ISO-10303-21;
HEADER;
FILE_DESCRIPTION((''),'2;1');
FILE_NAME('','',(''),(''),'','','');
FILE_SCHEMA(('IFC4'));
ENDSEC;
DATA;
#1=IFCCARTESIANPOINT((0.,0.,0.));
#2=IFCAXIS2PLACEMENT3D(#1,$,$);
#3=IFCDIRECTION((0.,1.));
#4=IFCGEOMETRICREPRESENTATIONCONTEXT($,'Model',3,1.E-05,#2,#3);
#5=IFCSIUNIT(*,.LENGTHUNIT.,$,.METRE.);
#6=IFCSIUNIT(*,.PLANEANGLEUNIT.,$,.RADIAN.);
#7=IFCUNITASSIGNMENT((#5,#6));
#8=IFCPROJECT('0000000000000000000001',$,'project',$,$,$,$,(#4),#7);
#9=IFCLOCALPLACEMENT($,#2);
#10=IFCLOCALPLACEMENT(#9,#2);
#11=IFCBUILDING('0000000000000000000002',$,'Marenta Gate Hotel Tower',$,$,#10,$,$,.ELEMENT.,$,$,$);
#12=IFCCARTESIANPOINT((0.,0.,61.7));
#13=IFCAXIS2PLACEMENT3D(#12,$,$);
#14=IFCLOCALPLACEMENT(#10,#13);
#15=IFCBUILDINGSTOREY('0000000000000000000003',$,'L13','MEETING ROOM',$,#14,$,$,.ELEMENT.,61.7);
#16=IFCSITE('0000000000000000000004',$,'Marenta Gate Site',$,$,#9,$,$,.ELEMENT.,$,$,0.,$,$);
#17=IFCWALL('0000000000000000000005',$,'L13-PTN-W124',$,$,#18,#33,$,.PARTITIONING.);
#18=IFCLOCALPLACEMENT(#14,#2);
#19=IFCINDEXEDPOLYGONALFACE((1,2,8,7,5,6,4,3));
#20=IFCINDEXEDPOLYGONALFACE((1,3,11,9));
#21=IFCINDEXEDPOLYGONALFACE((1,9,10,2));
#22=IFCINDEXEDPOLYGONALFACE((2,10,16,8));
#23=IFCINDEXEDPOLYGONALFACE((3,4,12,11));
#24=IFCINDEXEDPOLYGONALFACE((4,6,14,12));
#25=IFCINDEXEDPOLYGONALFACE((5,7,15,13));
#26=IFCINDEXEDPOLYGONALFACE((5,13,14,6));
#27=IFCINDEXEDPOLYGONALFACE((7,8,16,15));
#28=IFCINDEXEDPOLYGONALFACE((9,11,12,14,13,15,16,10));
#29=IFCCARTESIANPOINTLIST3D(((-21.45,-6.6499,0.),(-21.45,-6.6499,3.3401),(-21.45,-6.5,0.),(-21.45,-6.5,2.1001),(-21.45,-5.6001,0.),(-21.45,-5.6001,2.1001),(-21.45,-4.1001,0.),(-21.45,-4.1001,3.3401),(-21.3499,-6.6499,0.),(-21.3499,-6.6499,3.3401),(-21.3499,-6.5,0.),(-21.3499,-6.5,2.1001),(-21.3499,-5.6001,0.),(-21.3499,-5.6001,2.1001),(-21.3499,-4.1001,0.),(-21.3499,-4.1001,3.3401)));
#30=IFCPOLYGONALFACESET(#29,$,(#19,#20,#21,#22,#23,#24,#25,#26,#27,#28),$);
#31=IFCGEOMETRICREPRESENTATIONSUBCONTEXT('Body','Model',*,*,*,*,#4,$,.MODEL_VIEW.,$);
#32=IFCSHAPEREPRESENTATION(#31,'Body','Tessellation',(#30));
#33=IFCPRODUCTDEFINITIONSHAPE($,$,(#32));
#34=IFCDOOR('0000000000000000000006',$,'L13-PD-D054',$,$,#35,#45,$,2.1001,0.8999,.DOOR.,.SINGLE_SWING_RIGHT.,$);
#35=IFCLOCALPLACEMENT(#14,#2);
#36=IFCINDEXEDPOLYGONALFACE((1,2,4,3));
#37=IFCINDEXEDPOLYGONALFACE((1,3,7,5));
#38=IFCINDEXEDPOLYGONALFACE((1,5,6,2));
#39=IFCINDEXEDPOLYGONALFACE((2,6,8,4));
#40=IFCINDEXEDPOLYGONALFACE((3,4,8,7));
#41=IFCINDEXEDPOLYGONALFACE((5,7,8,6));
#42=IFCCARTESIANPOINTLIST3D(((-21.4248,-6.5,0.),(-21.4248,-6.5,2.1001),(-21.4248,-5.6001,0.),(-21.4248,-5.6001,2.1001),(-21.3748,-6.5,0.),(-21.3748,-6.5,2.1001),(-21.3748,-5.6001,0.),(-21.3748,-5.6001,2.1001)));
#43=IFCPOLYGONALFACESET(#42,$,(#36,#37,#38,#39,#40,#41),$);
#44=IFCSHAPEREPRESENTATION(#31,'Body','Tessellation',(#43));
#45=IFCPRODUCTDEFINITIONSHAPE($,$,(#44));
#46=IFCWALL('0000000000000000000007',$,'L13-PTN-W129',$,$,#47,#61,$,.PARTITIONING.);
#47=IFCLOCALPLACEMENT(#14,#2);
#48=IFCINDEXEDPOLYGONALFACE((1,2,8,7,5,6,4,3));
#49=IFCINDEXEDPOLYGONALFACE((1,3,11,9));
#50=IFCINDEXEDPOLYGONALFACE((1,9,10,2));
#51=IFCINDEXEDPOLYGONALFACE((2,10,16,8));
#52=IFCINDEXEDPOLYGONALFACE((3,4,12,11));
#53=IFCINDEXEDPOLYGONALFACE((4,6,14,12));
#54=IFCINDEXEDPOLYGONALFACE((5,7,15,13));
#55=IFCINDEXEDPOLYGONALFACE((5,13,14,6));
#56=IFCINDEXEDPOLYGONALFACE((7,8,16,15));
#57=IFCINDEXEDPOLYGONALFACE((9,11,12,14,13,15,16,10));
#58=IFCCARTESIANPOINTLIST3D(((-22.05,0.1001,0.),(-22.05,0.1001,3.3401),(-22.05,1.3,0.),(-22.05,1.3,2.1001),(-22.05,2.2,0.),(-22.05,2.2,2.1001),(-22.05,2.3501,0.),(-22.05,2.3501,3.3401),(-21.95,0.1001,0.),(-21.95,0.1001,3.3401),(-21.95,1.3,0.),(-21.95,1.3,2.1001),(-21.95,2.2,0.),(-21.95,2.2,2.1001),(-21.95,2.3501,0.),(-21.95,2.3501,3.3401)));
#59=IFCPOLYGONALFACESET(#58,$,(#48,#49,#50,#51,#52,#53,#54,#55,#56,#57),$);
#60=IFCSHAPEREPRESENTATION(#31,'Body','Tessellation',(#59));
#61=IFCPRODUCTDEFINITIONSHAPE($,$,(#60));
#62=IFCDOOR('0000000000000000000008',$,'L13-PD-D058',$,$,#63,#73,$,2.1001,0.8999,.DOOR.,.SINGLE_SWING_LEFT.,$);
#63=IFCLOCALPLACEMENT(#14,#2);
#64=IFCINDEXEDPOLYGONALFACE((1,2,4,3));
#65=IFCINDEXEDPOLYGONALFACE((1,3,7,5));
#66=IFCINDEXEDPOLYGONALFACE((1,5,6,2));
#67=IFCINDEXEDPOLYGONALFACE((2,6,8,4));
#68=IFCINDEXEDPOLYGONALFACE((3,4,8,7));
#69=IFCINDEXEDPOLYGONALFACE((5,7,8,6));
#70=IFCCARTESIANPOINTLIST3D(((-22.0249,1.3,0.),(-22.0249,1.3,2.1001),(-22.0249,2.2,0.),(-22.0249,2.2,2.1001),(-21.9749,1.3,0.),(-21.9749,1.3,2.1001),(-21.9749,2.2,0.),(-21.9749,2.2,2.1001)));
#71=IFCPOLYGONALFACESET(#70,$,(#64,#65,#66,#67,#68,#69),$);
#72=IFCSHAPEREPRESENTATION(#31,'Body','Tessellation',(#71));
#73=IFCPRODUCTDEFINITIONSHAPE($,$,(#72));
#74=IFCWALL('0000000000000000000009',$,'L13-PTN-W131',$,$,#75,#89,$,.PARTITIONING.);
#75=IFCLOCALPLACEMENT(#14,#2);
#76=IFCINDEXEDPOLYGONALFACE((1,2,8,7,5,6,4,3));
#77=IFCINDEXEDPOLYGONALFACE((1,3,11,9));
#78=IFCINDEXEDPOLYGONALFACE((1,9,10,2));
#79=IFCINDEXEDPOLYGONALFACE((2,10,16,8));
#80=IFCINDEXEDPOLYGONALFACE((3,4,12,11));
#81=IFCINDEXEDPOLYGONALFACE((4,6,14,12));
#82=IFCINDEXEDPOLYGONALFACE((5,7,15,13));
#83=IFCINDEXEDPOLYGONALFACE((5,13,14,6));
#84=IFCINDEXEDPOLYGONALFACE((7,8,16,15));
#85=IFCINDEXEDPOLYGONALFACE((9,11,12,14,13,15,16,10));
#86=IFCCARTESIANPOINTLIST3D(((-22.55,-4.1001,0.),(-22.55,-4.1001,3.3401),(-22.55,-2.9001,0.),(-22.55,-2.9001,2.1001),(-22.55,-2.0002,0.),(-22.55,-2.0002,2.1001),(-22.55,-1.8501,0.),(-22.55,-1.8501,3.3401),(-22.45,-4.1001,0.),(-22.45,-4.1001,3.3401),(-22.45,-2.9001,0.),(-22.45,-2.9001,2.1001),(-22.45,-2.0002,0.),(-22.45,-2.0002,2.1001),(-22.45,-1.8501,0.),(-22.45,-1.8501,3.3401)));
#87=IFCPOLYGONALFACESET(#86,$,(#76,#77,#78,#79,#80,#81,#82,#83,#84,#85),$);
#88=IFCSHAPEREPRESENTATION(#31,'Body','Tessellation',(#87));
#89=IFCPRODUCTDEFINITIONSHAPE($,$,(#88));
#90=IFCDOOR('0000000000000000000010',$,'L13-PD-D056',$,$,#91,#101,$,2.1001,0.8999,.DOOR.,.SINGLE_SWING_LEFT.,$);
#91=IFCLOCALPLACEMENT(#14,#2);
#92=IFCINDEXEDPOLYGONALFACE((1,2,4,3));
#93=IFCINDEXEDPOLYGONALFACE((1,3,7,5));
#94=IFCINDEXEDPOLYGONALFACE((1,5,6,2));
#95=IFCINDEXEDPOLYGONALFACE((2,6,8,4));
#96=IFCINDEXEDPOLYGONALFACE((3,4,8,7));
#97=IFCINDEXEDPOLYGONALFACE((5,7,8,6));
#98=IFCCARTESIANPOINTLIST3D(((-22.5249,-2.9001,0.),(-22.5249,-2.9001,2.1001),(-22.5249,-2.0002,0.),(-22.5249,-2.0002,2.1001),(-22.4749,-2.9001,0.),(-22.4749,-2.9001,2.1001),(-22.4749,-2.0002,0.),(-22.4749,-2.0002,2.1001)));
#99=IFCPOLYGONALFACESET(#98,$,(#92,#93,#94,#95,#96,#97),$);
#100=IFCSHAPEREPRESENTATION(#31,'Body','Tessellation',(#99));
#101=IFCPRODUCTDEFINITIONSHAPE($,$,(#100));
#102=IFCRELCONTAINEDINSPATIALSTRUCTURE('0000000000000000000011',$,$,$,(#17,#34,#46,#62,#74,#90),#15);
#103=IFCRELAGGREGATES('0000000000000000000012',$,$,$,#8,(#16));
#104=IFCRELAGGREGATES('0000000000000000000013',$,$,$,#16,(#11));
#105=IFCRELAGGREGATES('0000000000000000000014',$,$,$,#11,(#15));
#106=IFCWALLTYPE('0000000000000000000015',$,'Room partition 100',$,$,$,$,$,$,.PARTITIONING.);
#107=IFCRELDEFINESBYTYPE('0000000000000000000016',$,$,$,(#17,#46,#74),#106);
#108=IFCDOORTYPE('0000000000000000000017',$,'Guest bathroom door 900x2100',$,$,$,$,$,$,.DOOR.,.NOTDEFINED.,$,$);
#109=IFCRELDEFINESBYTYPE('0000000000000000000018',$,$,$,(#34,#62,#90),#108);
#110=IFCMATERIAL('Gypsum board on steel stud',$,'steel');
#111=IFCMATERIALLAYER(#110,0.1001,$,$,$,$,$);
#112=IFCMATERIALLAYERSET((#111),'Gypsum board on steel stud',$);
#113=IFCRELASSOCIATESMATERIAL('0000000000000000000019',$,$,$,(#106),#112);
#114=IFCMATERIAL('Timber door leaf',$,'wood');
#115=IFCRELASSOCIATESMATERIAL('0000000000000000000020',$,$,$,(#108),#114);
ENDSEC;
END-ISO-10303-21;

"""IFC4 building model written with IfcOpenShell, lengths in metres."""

from ifc_helpers import new_model, si_unit, direction, frame, frame_2d, origin, place, context, subcontext, project, spatial, rectangle, extrude, material, layer, layer_set, type_object, element, fill, save


model = new_model("IFC4")

# Units and contexts
model_context = context("Model", 3, precision=1e-05, world=origin(), true_north=direction((0.0, 1.0)))
body_context = subcontext(model_context, "Body", "Model", "MODEL_VIEW")
ifc_project = project(units=[si_unit("LENGTHUNIT", "METRE"), si_unit("PLANEANGLEUNIT", "RADIAN")], contexts=[model_context])

# Site, building, storey
site_placement = place(None, origin())
site = spatial("IfcSite", under=ifc_project, at=site_placement, Name="Marenta Gate Site", CompositionType="ELEMENT", RefElevation=0.0)
building_placement = place(site_placement, origin())
building = spatial("IfcBuilding", under=site, at=building_placement, Name="Marenta Gate Hotel Tower", CompositionType="ELEMENT")
storey_placement = place(building_placement, frame((0.0, 0.0, 61.7)))
storey = spatial("IfcBuildingStorey", under=building, at=storey_placement, Name="L13", Description="MEETING ROOM", CompositionType="ELEMENT", Elevation=61.7)

# Shared definitions
ifc_material_1 = material(Name="Gypsum board on steel stud", Category="steel")
ifc_layer_1 = layer(ifc_material_1, 0.1001)
ifc_layer_set_1 = layer_set([ifc_layer_1], Name="Gypsum board on steel stud")
wall_type_1 = type_object("IfcWallType", Name="Room partition 100", PredefinedType="PARTITIONING", material=ifc_layer_set_1)

# Walls, openings, doors
wall_1_placement = place(storey_placement, frame((-21.3999, -6.6499, 0.0), z_axis=(0.0, 0.0, 1.0), x_axis=(0.0, 1.0, 0.0)))
wall_1 = element("IfcWall", 1, at=wall_1_placement, inside=storey, type_object=wall_type_1, Name="L13-PTN-W124", PredefinedType="PARTITIONING", context=body_context, shape_type="SweptSolid", body=[
    extrude(rectangle(XDim=2.5498, YDim=0.1001, at=frame_2d((1.2749, 0.0))), origin(), (0.0, 0.0, 1.0), 3.3401),
])
opening_1_placement = place(wall_1_placement, frame((0.1499, 0.0, 0.0)))
opening_1 = element("IfcOpeningElement", 2, at=opening_1_placement, cuts=wall_1, PredefinedType="OPENING", context=body_context, shape_type="SweptSolid", body=[
    extrude(rectangle(XDim=0.8999, YDim=2.1001, at=frame_2d((0.45, 1.05))), frame((0.0, 0.05, 0.0), z_axis=(0.0, -1.0, 0.0), x_axis=(1.0, 0.0, 0.0)), (0.0, 0.0, 1.0), 0.1001),
])
ifc_material_2 = material(Name="Timber door leaf", Category="wood")
door_type_1 = type_object("IfcDoorType", Name="Guest bathroom door 900x2100", OperationType="NOTDEFINED", PredefinedType="DOOR", material=ifc_material_2)
door_1_placement = place(opening_1_placement, origin())
door_1 = element("IfcDoor", 3, at=door_1_placement, inside=storey, type_object=door_type_1, Name="L13-PD-D054", OperationType="SINGLE_SWING_RIGHT", OverallHeight=2.1001, OverallWidth=0.8999, PredefinedType="DOOR", context=body_context, shape_type="SweptSolid", body=[
    extrude(rectangle(XDim=0.8999, YDim=2.1001, at=frame_2d((0.45, 1.05))), frame((0.0, 0.0249, 0.0), z_axis=(0.0, -1.0, 0.0), x_axis=(1.0, 0.0, 0.0)), (0.0, 0.0, 1.0), 0.05),
])
fill(opening_1, door_1)
wall_2_placement = place(storey_placement, frame((-22.0, 0.1001, 0.0), z_axis=(0.0, 0.0, 1.0), x_axis=(0.0, 1.0, 0.0)))
wall_2 = element("IfcWall", 4, at=wall_2_placement, inside=storey, type_object=wall_type_1, Name="L13-PTN-W129", PredefinedType="PARTITIONING", context=body_context, shape_type="SweptSolid", body=[
    extrude(rectangle(XDim=2.25, YDim=0.1001, at=frame_2d((1.125, 0.0))), origin(), (0.0, 0.0, 1.0), 3.3401),
])
opening_2_placement = place(wall_2_placement, frame((1.2, 0.0, 0.0)))
opening_2 = element("IfcOpeningElement", 5, at=opening_2_placement, cuts=wall_2, PredefinedType="OPENING", context=body_context, shape_type="SweptSolid", body=[
    extrude(rectangle(XDim=0.8999, YDim=2.1001, at=frame_2d((0.45, 1.05))), frame((0.0, 0.05, 0.0), z_axis=(0.0, -1.0, 0.0), x_axis=(1.0, 0.0, 0.0)), (0.0, 0.0, 1.0), 0.1001),
])
door_2_placement = place(opening_2_placement, origin())
door_2 = element("IfcDoor", 6, at=door_2_placement, inside=storey, type_object=door_type_1, Name="L13-PD-D058", OperationType="SINGLE_SWING_LEFT", OverallHeight=2.1001, OverallWidth=0.8999, PredefinedType="DOOR", context=body_context, shape_type="SweptSolid", body=[
    extrude(rectangle(XDim=0.8999, YDim=2.1001, at=frame_2d((0.45, 1.05))), frame((0.0, 0.0249, 0.0), z_axis=(0.0, -1.0, 0.0), x_axis=(1.0, 0.0, 0.0)), (0.0, 0.0, 1.0), 0.05),
])
fill(opening_2, door_2)
wall_3_placement = place(storey_placement, frame((-22.5, -4.1001, 0.0), z_axis=(0.0, 0.0, 1.0), x_axis=(0.0, 1.0, 0.0)))
wall_3 = element("IfcWall", 7, at=wall_3_placement, inside=storey, type_object=wall_type_1, Name="L13-PTN-W131", PredefinedType="PARTITIONING", context=body_context, shape_type="SweptSolid", body=[
    extrude(rectangle(XDim=2.25, YDim=0.1001, at=frame_2d((1.125, 0.0))), origin(), (0.0, 0.0, 1.0), 3.3401),
])
opening_3_placement = place(wall_3_placement, frame((1.2, 0.0, 0.0)))
opening_3 = element("IfcOpeningElement", 8, at=opening_3_placement, cuts=wall_3, PredefinedType="OPENING", context=body_context, shape_type="SweptSolid", body=[
    extrude(rectangle(XDim=0.8999, YDim=2.1001, at=frame_2d((0.45, 1.05))), frame((0.0, 0.05, 0.0), z_axis=(0.0, -1.0, 0.0), x_axis=(1.0, 0.0, 0.0)), (0.0, 0.0, 1.0), 0.1001),
])
door_3_placement = place(opening_3_placement, origin())
door_3 = element("IfcDoor", 9, at=door_3_placement, inside=storey, type_object=door_type_1, Name="L13-PD-D056", OperationType="SINGLE_SWING_LEFT", OverallHeight=2.1001, OverallWidth=0.8999, PredefinedType="DOOR", context=body_context, shape_type="SweptSolid", body=[
    extrude(rectangle(XDim=0.8999, YDim=2.1001, at=frame_2d((0.45, 1.05))), frame((0.0, 0.0249, 0.0), z_axis=(0.0, -1.0, 0.0), x_axis=(1.0, 0.0, 0.0)), (0.0, 0.0, 1.0), 0.05),
])
fill(opening_3, door_3)

save(model, "model.ifc")
